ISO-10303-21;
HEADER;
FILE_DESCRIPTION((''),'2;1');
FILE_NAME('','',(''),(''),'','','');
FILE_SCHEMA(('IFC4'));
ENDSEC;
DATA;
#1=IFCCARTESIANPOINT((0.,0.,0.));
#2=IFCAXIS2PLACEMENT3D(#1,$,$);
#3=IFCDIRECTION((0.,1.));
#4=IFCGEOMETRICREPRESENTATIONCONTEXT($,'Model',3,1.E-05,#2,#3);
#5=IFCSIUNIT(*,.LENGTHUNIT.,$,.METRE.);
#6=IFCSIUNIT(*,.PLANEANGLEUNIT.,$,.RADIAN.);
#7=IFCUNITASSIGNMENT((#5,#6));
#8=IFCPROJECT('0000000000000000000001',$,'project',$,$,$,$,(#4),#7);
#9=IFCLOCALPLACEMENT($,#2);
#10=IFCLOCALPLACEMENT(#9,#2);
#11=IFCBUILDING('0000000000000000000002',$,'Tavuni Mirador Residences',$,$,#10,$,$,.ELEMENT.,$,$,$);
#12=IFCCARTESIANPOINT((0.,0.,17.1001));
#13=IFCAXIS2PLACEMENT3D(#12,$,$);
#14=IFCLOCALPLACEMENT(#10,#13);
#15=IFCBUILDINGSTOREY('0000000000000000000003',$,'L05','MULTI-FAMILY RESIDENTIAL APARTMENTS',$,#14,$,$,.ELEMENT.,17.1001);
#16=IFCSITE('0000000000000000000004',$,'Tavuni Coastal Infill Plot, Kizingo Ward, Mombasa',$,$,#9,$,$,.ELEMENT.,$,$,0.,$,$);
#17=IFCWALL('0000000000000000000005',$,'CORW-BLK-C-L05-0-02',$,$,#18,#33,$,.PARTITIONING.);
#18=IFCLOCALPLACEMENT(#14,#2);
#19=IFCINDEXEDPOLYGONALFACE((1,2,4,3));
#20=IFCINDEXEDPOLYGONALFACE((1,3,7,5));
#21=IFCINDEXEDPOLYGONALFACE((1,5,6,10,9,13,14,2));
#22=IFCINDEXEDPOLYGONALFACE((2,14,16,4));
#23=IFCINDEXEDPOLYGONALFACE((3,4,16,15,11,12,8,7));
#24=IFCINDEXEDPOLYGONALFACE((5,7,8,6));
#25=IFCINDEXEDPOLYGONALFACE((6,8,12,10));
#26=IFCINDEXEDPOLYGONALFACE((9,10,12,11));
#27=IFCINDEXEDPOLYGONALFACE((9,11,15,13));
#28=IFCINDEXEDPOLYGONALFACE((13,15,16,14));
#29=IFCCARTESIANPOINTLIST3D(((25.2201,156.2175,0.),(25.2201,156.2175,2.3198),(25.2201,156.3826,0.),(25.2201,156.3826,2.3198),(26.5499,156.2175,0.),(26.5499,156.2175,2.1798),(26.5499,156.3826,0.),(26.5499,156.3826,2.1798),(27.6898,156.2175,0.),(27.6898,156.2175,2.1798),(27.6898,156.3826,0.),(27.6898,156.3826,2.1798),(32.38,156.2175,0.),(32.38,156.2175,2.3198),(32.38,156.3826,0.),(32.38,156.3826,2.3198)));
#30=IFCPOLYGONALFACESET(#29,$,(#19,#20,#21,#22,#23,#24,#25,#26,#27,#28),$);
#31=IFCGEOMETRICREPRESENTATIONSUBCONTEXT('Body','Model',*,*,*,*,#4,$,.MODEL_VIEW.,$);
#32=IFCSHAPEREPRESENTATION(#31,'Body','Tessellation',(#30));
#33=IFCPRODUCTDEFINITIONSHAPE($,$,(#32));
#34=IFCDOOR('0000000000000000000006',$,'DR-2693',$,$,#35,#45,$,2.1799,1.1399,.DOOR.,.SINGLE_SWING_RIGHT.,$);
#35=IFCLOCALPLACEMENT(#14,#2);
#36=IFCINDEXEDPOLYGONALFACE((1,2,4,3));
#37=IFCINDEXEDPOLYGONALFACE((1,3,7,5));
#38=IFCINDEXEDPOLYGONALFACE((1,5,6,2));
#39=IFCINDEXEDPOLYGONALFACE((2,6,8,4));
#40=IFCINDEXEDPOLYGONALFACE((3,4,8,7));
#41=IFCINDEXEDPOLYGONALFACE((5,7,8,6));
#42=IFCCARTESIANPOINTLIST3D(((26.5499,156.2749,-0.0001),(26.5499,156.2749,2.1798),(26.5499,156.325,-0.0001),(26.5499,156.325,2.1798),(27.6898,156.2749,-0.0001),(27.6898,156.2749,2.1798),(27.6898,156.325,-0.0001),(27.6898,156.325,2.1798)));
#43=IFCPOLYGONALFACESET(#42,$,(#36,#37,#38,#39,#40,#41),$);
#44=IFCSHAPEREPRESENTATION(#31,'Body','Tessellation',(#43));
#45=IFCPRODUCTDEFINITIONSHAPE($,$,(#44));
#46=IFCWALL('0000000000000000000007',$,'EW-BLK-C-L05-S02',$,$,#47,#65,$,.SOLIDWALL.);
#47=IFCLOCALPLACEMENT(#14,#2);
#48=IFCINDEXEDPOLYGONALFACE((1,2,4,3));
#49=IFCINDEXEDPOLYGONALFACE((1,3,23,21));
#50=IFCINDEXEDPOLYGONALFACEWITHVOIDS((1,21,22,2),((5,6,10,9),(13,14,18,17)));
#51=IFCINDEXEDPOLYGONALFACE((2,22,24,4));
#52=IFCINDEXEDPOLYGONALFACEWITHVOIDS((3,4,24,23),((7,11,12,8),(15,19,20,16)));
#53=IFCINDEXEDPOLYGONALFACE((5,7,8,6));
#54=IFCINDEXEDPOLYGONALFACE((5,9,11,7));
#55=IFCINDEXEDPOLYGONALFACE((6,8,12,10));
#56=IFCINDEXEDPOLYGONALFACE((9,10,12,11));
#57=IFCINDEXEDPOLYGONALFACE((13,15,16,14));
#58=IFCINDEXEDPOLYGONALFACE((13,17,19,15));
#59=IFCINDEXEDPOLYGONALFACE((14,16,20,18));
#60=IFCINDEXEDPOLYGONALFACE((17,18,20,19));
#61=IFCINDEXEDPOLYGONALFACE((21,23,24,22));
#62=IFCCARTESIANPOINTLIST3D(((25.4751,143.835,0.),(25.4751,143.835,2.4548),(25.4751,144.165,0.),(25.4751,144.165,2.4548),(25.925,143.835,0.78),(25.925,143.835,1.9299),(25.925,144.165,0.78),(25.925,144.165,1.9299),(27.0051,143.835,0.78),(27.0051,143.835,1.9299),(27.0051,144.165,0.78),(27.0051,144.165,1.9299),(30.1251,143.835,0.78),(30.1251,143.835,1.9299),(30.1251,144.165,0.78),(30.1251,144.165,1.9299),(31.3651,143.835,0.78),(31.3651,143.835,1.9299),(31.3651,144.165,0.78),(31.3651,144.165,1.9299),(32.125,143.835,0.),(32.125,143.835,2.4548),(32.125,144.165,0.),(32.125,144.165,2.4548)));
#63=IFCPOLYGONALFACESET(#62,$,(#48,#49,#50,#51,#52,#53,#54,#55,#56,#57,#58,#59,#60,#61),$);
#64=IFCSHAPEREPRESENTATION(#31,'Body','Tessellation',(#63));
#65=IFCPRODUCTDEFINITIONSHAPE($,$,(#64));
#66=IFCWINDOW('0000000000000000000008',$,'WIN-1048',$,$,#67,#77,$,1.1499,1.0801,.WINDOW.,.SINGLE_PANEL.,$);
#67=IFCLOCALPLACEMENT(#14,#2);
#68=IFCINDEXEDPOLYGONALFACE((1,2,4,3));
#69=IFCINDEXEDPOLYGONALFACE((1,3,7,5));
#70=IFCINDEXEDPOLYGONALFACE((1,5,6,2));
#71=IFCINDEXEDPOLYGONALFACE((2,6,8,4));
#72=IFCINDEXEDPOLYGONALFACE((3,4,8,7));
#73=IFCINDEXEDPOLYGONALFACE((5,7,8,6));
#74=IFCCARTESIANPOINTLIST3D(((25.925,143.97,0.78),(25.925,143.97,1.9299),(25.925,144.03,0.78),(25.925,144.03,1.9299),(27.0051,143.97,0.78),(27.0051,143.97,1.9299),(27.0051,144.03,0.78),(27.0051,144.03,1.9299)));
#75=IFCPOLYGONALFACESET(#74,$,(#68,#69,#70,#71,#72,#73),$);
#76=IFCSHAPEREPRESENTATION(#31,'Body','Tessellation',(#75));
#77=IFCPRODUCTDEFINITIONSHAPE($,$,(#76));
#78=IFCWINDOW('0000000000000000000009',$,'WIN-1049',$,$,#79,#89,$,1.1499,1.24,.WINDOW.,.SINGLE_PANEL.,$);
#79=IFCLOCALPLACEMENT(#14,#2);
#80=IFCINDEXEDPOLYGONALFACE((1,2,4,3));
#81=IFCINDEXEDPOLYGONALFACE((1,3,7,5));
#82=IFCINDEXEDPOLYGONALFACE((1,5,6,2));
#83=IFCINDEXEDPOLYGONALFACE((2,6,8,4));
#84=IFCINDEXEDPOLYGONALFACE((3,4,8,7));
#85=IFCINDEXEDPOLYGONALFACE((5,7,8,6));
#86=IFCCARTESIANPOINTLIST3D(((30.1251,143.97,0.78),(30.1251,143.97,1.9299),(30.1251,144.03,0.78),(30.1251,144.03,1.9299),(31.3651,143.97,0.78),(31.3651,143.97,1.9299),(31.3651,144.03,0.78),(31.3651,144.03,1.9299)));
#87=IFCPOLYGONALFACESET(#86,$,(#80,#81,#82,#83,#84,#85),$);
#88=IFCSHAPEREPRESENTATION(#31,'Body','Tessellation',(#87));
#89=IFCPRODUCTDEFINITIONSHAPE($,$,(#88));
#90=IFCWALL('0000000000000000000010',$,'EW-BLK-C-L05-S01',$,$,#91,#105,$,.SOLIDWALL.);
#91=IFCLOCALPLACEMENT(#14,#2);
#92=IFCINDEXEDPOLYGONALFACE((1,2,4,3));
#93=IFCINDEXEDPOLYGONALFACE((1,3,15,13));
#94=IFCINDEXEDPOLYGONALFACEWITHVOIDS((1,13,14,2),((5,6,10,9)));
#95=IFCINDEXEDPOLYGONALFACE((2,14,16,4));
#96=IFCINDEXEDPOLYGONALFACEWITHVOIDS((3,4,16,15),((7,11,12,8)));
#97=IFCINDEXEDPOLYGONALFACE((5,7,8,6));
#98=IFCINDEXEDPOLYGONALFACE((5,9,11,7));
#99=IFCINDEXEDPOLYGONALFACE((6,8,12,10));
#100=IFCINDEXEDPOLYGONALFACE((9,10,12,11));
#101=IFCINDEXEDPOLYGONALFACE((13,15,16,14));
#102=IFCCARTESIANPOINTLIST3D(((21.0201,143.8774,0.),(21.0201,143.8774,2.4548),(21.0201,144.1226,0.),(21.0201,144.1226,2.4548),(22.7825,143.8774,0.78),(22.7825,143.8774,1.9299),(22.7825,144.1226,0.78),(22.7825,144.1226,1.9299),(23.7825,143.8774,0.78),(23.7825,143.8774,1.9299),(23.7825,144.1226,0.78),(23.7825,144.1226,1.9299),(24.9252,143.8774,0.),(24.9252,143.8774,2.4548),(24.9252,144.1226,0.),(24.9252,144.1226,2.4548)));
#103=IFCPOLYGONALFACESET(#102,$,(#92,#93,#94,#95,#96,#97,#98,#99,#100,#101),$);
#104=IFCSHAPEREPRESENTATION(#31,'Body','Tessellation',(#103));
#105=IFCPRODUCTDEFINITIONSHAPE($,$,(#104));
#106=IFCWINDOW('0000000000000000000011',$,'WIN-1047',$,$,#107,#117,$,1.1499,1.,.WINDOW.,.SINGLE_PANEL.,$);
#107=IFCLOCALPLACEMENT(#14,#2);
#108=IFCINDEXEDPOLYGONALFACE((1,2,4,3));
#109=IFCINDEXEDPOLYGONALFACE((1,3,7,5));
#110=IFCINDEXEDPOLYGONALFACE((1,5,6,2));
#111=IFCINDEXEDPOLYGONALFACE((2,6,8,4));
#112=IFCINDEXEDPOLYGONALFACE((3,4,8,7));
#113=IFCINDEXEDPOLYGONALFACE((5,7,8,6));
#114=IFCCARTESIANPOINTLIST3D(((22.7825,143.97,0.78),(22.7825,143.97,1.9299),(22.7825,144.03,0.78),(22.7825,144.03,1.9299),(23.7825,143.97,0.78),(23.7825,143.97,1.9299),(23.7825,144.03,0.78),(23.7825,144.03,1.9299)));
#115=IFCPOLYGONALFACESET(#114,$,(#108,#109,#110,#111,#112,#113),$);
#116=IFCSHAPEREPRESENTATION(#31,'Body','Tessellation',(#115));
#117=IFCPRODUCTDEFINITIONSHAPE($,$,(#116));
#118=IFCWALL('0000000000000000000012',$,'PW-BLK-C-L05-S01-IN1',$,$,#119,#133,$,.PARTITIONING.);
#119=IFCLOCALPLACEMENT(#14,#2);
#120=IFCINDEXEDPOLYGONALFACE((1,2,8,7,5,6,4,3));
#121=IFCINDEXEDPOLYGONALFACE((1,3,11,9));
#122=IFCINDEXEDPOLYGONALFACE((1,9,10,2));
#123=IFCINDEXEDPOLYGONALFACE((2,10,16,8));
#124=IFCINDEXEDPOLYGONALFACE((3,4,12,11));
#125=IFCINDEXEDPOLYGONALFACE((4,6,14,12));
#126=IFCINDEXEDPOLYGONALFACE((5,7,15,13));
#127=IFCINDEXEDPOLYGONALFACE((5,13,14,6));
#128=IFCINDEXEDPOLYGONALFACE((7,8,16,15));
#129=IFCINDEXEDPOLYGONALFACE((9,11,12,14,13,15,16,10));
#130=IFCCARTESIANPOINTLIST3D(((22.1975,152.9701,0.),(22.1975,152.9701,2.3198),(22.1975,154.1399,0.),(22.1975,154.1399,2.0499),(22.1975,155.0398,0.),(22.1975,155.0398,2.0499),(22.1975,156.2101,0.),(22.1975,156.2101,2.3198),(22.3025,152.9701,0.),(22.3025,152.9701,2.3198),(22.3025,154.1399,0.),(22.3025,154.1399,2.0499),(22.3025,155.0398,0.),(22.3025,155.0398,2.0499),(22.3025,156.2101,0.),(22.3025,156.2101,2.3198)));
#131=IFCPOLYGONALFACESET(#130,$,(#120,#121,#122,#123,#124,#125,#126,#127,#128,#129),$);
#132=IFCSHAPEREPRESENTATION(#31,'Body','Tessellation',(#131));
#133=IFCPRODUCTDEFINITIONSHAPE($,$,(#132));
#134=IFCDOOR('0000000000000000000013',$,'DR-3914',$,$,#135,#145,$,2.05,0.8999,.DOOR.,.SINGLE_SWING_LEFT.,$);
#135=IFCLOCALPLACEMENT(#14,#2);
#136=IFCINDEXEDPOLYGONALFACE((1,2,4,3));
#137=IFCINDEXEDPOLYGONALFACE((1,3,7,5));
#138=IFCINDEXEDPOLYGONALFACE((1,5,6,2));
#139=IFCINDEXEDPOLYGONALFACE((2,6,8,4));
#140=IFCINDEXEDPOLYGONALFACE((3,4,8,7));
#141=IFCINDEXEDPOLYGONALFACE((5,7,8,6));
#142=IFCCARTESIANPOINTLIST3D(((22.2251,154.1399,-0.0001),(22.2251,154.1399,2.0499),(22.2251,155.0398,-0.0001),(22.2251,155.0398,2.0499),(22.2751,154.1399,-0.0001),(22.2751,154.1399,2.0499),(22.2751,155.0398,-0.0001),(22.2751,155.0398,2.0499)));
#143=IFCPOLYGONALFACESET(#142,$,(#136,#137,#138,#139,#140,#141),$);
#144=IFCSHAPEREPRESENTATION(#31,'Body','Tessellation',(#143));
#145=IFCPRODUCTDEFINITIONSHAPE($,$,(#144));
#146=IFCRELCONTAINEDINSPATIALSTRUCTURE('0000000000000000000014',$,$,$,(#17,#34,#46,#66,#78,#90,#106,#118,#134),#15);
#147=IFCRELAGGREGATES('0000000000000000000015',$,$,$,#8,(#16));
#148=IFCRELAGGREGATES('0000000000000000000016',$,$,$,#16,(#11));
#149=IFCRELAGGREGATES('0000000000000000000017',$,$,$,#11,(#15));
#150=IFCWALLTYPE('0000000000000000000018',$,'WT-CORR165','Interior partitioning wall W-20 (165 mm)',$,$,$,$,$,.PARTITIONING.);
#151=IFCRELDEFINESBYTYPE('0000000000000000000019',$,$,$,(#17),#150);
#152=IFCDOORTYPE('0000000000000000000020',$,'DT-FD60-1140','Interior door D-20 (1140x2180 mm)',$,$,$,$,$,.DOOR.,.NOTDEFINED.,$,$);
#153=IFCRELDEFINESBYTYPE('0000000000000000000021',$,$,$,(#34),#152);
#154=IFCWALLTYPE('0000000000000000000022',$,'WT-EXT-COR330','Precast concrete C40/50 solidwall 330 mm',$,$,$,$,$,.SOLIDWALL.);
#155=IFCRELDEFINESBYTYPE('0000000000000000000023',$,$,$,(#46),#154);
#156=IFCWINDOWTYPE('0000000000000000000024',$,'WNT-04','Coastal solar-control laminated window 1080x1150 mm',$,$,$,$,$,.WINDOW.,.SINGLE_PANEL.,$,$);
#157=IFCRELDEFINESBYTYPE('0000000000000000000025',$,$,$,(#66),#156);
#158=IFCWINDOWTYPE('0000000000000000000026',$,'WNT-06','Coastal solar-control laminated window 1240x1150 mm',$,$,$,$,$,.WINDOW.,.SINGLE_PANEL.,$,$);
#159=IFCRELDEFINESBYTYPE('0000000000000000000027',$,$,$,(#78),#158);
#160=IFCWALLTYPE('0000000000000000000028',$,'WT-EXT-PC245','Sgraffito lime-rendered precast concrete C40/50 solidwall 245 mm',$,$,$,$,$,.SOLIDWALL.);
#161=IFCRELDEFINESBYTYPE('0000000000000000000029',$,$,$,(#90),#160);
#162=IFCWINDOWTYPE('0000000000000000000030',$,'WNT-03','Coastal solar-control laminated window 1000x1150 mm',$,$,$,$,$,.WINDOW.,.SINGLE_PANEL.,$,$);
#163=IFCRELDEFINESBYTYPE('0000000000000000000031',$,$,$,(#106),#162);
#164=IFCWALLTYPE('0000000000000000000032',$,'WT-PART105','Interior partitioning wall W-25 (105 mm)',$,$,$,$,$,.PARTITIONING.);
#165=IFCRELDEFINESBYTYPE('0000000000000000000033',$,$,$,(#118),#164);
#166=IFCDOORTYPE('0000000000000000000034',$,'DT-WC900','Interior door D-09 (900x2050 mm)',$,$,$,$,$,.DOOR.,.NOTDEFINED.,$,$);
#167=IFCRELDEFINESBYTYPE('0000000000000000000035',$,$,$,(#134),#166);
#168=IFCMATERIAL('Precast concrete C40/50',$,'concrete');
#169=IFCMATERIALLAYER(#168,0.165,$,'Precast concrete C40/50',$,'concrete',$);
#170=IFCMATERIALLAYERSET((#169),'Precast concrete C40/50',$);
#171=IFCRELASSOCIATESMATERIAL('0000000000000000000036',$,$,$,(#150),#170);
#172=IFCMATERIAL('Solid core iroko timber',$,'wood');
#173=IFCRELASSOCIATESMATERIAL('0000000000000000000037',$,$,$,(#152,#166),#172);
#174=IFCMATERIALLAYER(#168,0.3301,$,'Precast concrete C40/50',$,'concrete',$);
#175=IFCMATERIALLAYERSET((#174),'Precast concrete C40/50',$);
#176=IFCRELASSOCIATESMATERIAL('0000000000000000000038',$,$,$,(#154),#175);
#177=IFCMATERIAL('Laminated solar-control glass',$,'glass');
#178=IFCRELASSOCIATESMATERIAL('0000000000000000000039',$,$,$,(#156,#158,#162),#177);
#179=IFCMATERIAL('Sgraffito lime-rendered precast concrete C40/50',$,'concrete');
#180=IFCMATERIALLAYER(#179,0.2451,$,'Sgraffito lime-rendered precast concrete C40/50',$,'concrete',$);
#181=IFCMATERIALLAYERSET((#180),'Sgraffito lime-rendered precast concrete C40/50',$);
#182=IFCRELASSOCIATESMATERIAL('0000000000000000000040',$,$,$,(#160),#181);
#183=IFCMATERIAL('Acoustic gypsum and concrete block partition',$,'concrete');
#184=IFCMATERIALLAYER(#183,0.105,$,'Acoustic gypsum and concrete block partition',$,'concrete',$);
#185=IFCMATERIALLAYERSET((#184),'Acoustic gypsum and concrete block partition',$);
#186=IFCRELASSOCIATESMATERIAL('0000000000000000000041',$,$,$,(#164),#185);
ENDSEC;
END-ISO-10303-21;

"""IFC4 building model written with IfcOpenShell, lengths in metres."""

from ifc_helpers import new_model, si_unit, direction, frame, frame_2d, origin, place, context, subcontext, project, spatial, rectangle, extrude, material, layer, layer_set, type_object, element, fill, save


model = new_model("IFC4")

# Units and contexts
model_context = context("Model", 3, precision=1e-05, world=origin(), true_north=direction((0.0, 1.0)))
body_context = subcontext(model_context, "Body", "Model", "MODEL_VIEW")
ifc_project = project(units=[si_unit("LENGTHUNIT", "METRE"), si_unit("PLANEANGLEUNIT", "RADIAN")], contexts=[model_context])

# Site, building, storey
site_placement = place(None, origin())
site = spatial("IfcSite", under=ifc_project, at=site_placement, Name="Tavuni Coastal Infill Plot, Kizingo Ward, Mombasa", CompositionType="ELEMENT", RefElevation=0.0)
building_placement = place(site_placement, origin())
building = spatial("IfcBuilding", under=site, at=building_placement, Name="Tavuni Mirador Residences", CompositionType="ELEMENT")
storey_placement = place(building_placement, frame((0.0, 0.0, 17.1001)))
storey = spatial("IfcBuildingStorey", under=building, at=storey_placement, Name="L05", Description="MULTI-FAMILY RESIDENTIAL APARTMENTS", CompositionType="ELEMENT", Elevation=17.1001)

# Shared definitions
ifc_material_1 = material(Name="Precast concrete C40/50", Category="concrete")

# Wall, opening, door
ifc_layer_1 = layer(ifc_material_1, 0.165, Name="Precast concrete C40/50", Category="concrete")
ifc_layer_set_1 = layer_set([ifc_layer_1], Name="Precast concrete C40/50")
wall_type_1 = type_object("IfcWallType", Name="WT-CORR165", Description="Interior partitioning wall W-20 (165 mm)", PredefinedType="PARTITIONING", material=ifc_layer_set_1)
wall_1_placement = place(storey_placement, frame((25.22, 156.3, 0.0), z_axis=(0.0, 0.0, 1.0), x_axis=(1.0, 0.0, 0.0)))
wall_1 = element("IfcWall", 1, at=wall_1_placement, inside=storey, type_object=wall_type_1, Name="CORW-BLK-C-L05-0-02", PredefinedType="PARTITIONING", context=body_context, shape_type="SweptSolid", body=[
    extrude(rectangle(XDim=7.1599, YDim=0.165, at=frame_2d((3.5801, 0.0))), origin(), (0.0, 0.0, 1.0), 2.3198),
])
opening_1_placement = place(wall_1_placement, frame((1.3301, 0.0, 0.0)))
opening_1 = element("IfcOpeningElement", 2, at=opening_1_placement, cuts=wall_1, PredefinedType="OPENING", context=body_context, shape_type="SweptSolid", body=[
    extrude(rectangle(XDim=1.1399, YDim=2.1799, at=frame_2d((0.5698, 1.0898))), frame((0.0, 0.0925, 0.0), z_axis=(0.0, -1.0, 0.0), x_axis=(1.0, 0.0, 0.0)), (0.0, 0.0, 1.0), 0.1851),
])
ifc_material_2 = material(Name="Solid core iroko timber", Category="wood")
door_type_1 = type_object("IfcDoorType", Name="DT-FD60-1140", Description="Interior door D-20 (1140x2180 mm)", OperationType="NOTDEFINED", PredefinedType="DOOR", material=ifc_material_2)
door_1_placement = place(opening_1_placement, origin())
door_1 = element("IfcDoor", 3, at=door_1_placement, inside=storey, type_object=door_type_1, Name="DR-2693", OperationType="SINGLE_SWING_RIGHT", OverallHeight=2.1799, OverallWidth=1.1399, PredefinedType="DOOR", context=body_context, shape_type="SweptSolid", body=[
    extrude(rectangle(XDim=1.1399, YDim=2.1799, at=frame_2d((0.5698, 1.0898))), frame((0.0, 0.0249, 0.0), z_axis=(0.0, -1.0, 0.0), x_axis=(1.0, 0.0, 0.0)), (0.0, 0.0, 1.0), 0.05),
])
fill(opening_1, door_1)

# Wall, openings, windows
ifc_layer_2 = layer(ifc_material_1, 0.3301, Name="Precast concrete C40/50", Category="concrete")
ifc_layer_set_2 = layer_set([ifc_layer_2], Name="Precast concrete C40/50")
wall_type_2 = type_object("IfcWallType", Name="WT-EXT-COR330", Description="Precast concrete C40/50 solidwall 330 mm", PredefinedType="SOLIDWALL", material=ifc_layer_set_2)
wall_2_placement = place(storey_placement, frame((25.4751, 144.0, 0.0), z_axis=(0.0, 0.0, 1.0), x_axis=(1.0, 0.0, 0.0)))
wall_2 = element("IfcWall", 4, at=wall_2_placement, inside=storey, type_object=wall_type_2, Name="EW-BLK-C-L05-S02", PredefinedType="SOLIDWALL", context=body_context, shape_type="SweptSolid", body=[
    extrude(rectangle(XDim=6.6499, YDim=0.3301, at=frame_2d((3.325, 0.0))), origin(), (0.0, 0.0, 1.0), 2.4548),
])
opening_2_placement = place(wall_2_placement, frame((0.45, 0.0, 0.78)))
opening_2 = element("IfcOpeningElement", 5, at=opening_2_placement, cuts=wall_2, PredefinedType="OPENING", context=body_context, shape_type="SweptSolid", body=[
    extrude(rectangle(XDim=1.0801, YDim=1.1499, at=frame_2d((0.54, 0.575))), frame((0.0, 0.175, 0.0), z_axis=(0.0, -1.0, 0.0), x_axis=(1.0, 0.0, 0.0)), (0.0, 0.0, 1.0), 0.3501),
])
opening_3_placement = place(wall_2_placement, frame((4.6499, 0.0, 0.78)))
opening_3 = element("IfcOpeningElement", 6, at=opening_3_placement, cuts=wall_2, PredefinedType="OPENING", context=body_context, shape_type="SweptSolid", body=[
    extrude(rectangle(XDim=1.24, YDim=1.1499, at=frame_2d((0.6201, 0.575))), frame((0.0, 0.175, 0.0), z_axis=(0.0, -1.0, 0.0), x_axis=(1.0, 0.0, 0.0)), (0.0, 0.0, 1.0), 0.3501),
])
ifc_material_3 = material(Name="Laminated solar-control glass", Category="glass")
window_type_1 = type_object("IfcWindowType", Name="WNT-04", Description="Coastal solar-control laminated window 1080x1150 mm", PartitioningType="SINGLE_PANEL", PredefinedType="WINDOW", material=ifc_material_3)
window_1_placement = place(opening_2_placement, origin())
window_1 = element("IfcWindow", 7, at=window_1_placement, inside=storey, type_object=window_type_1, Name="WIN-1048", OverallHeight=1.1499, OverallWidth=1.0801, PartitioningType="SINGLE_PANEL", PredefinedType="WINDOW", context=body_context, shape_type="SweptSolid", body=[
    extrude(rectangle(XDim=1.0801, YDim=1.1499, at=frame_2d((0.54, 0.575))), frame((0.0, 0.03, 0.0), z_axis=(0.0, -1.0, 0.0), x_axis=(1.0, 0.0, 0.0)), (0.0, 0.0, 1.0), 0.0601),
])
fill(opening_2, window_1)
window_type_2 = type_object("IfcWindowType", Name="WNT-06", Description="Coastal solar-control laminated window 1240x1150 mm", PartitioningType="SINGLE_PANEL", PredefinedType="WINDOW", material=ifc_material_3)
window_2_placement = place(opening_3_placement, origin())
window_2 = element("IfcWindow", 8, at=window_2_placement, inside=storey, type_object=window_type_2, Name="WIN-1049", OverallHeight=1.1499, OverallWidth=1.24, PartitioningType="SINGLE_PANEL", PredefinedType="WINDOW", context=body_context, shape_type="SweptSolid", body=[
    extrude(rectangle(XDim=1.24, YDim=1.1499, at=frame_2d((0.6201, 0.575))), frame((0.0, 0.03, 0.0), z_axis=(0.0, -1.0, 0.0), x_axis=(1.0, 0.0, 0.0)), (0.0, 0.0, 1.0), 0.0601),
])
fill(opening_3, window_2)

# Wall, opening, window
ifc_material_4 = material(Name="Sgraffito lime-rendered precast concrete C40/50", Category="concrete")
ifc_layer_3 = layer(ifc_material_4, 0.2451, Name="Sgraffito lime-rendered precast concrete C40/50", Category="concrete")
ifc_layer_set_3 = layer_set([ifc_layer_3], Name="Sgraffito lime-rendered precast concrete C40/50")
wall_type_3 = type_object("IfcWallType", Name="WT-EXT-PC245", Description="Sgraffito lime-rendered precast concrete C40/50 solidwall 245 mm", PredefinedType="SOLIDWALL", material=ifc_layer_set_3)
wall_3_placement = place(storey_placement, frame((21.02, 144.0, 0.0), z_axis=(0.0, 0.0, 1.0), x_axis=(1.0, 0.0, 0.0)))
wall_3 = element("IfcWall", 9, at=wall_3_placement, inside=storey, type_object=wall_type_3, Name="EW-BLK-C-L05-S01", PredefinedType="SOLIDWALL", context=body_context, shape_type="SweptSolid", body=[
    extrude(rectangle(XDim=3.905, YDim=0.2451, at=frame_2d((1.9526, 0.0))), origin(), (0.0, 0.0, 1.0), 2.4548),
])
opening_4_placement = place(wall_3_placement, frame((1.7625, 0.0, 0.78)))
opening_4 = element("IfcOpeningElement", 10, at=opening_4_placement, cuts=wall_3, PredefinedType="OPENING", context=body_context, shape_type="SweptSolid", body=[
    extrude(rectangle(XDim=1.0, YDim=1.1499, at=frame_2d((0.5, 0.575))), frame((0.0, 0.1326, 0.0), z_axis=(0.0, -1.0, 0.0), x_axis=(1.0, 0.0, 0.0)), (0.0, 0.0, 1.0), 0.2651),
])
window_type_3 = type_object("IfcWindowType", Name="WNT-03", Description="Coastal solar-control laminated window 1000x1150 mm", PartitioningType="SINGLE_PANEL", PredefinedType="WINDOW", material=ifc_material_3)
window_3_placement = place(opening_4_placement, origin())
window_3 = element("IfcWindow", 11, at=window_3_placement, inside=storey, type_object=window_type_3, Name="WIN-1047", OverallHeight=1.1499, OverallWidth=1.0, PartitioningType="SINGLE_PANEL", PredefinedType="WINDOW", context=body_context, shape_type="SweptSolid", body=[
    extrude(rectangle(XDim=1.0, YDim=1.1499, at=frame_2d((0.5, 0.575))), frame((0.0, 0.03, 0.0), z_axis=(0.0, -1.0, 0.0), x_axis=(1.0, 0.0, 0.0)), (0.0, 0.0, 1.0), 0.0601),
])
fill(opening_4, window_3)

# Wall, opening, door
ifc_material_5 = material(Name="Acoustic gypsum and concrete block partition", Category="concrete")
ifc_layer_4 = layer(ifc_material_5, 0.105, Name="Acoustic gypsum and concrete block partition", Category="concrete")
ifc_layer_set_4 = layer_set([ifc_layer_4], Name="Acoustic gypsum and concrete block partition")
wall_type_4 = type_object("IfcWallType", Name="WT-PART105", Description="Interior partitioning wall W-25 (105 mm)", PredefinedType="PARTITIONING", material=ifc_layer_set_4)
wall_4_placement = place(storey_placement, frame((22.25, 152.97, 0.0), z_axis=(0.0, 0.0, 1.0), x_axis=(0.0, 1.0, 0.0)))
wall_4 = element("IfcWall", 12, at=wall_4_placement, inside=storey, type_object=wall_type_4, Name="PW-BLK-C-L05-S01-IN1", PredefinedType="PARTITIONING", context=body_context, shape_type="SweptSolid", body=[
    extrude(rectangle(XDim=3.24, YDim=0.105, at=frame_2d((1.6201, 0.0))), origin(), (0.0, 0.0, 1.0), 2.3198),
])
opening_5_placement = place(wall_4_placement, frame((1.1699, 0.0, 0.0)))
opening_5 = element("IfcOpeningElement", 13, at=opening_5_placement, cuts=wall_4, PredefinedType="OPENING", context=body_context, shape_type="SweptSolid", body=[
    extrude(rectangle(XDim=0.8999, YDim=2.05, at=frame_2d((0.45, 1.0249))), frame((0.0, 0.0625, 0.0), z_axis=(0.0, -1.0, 0.0), x_axis=(1.0, 0.0, 0.0)), (0.0, 0.0, 1.0), 0.125),
])
door_type_2 = type_object("IfcDoorType", Name="DT-WC900", Description="Interior door D-09 (900x2050 mm)", OperationType="NOTDEFINED", PredefinedType="DOOR", material=ifc_material_2)
door_2_placement = place(opening_5_placement, origin())
door_2 = element("IfcDoor", 14, at=door_2_placement, inside=storey, type_object=door_type_2, Name="DR-3914", OperationType="SINGLE_SWING_LEFT", OverallHeight=2.05, OverallWidth=0.8999, PredefinedType="DOOR", context=body_context, shape_type="SweptSolid", body=[
    extrude(rectangle(XDim=0.8999, YDim=2.05, at=frame_2d((0.45, 1.0249))), frame((0.0, 0.0249, 0.0), z_axis=(0.0, -1.0, 0.0), x_axis=(1.0, 0.0, 0.0)), (0.0, 0.0, 1.0), 0.05),
])
fill(opening_5, door_2)

save(model, "model.ifc")
